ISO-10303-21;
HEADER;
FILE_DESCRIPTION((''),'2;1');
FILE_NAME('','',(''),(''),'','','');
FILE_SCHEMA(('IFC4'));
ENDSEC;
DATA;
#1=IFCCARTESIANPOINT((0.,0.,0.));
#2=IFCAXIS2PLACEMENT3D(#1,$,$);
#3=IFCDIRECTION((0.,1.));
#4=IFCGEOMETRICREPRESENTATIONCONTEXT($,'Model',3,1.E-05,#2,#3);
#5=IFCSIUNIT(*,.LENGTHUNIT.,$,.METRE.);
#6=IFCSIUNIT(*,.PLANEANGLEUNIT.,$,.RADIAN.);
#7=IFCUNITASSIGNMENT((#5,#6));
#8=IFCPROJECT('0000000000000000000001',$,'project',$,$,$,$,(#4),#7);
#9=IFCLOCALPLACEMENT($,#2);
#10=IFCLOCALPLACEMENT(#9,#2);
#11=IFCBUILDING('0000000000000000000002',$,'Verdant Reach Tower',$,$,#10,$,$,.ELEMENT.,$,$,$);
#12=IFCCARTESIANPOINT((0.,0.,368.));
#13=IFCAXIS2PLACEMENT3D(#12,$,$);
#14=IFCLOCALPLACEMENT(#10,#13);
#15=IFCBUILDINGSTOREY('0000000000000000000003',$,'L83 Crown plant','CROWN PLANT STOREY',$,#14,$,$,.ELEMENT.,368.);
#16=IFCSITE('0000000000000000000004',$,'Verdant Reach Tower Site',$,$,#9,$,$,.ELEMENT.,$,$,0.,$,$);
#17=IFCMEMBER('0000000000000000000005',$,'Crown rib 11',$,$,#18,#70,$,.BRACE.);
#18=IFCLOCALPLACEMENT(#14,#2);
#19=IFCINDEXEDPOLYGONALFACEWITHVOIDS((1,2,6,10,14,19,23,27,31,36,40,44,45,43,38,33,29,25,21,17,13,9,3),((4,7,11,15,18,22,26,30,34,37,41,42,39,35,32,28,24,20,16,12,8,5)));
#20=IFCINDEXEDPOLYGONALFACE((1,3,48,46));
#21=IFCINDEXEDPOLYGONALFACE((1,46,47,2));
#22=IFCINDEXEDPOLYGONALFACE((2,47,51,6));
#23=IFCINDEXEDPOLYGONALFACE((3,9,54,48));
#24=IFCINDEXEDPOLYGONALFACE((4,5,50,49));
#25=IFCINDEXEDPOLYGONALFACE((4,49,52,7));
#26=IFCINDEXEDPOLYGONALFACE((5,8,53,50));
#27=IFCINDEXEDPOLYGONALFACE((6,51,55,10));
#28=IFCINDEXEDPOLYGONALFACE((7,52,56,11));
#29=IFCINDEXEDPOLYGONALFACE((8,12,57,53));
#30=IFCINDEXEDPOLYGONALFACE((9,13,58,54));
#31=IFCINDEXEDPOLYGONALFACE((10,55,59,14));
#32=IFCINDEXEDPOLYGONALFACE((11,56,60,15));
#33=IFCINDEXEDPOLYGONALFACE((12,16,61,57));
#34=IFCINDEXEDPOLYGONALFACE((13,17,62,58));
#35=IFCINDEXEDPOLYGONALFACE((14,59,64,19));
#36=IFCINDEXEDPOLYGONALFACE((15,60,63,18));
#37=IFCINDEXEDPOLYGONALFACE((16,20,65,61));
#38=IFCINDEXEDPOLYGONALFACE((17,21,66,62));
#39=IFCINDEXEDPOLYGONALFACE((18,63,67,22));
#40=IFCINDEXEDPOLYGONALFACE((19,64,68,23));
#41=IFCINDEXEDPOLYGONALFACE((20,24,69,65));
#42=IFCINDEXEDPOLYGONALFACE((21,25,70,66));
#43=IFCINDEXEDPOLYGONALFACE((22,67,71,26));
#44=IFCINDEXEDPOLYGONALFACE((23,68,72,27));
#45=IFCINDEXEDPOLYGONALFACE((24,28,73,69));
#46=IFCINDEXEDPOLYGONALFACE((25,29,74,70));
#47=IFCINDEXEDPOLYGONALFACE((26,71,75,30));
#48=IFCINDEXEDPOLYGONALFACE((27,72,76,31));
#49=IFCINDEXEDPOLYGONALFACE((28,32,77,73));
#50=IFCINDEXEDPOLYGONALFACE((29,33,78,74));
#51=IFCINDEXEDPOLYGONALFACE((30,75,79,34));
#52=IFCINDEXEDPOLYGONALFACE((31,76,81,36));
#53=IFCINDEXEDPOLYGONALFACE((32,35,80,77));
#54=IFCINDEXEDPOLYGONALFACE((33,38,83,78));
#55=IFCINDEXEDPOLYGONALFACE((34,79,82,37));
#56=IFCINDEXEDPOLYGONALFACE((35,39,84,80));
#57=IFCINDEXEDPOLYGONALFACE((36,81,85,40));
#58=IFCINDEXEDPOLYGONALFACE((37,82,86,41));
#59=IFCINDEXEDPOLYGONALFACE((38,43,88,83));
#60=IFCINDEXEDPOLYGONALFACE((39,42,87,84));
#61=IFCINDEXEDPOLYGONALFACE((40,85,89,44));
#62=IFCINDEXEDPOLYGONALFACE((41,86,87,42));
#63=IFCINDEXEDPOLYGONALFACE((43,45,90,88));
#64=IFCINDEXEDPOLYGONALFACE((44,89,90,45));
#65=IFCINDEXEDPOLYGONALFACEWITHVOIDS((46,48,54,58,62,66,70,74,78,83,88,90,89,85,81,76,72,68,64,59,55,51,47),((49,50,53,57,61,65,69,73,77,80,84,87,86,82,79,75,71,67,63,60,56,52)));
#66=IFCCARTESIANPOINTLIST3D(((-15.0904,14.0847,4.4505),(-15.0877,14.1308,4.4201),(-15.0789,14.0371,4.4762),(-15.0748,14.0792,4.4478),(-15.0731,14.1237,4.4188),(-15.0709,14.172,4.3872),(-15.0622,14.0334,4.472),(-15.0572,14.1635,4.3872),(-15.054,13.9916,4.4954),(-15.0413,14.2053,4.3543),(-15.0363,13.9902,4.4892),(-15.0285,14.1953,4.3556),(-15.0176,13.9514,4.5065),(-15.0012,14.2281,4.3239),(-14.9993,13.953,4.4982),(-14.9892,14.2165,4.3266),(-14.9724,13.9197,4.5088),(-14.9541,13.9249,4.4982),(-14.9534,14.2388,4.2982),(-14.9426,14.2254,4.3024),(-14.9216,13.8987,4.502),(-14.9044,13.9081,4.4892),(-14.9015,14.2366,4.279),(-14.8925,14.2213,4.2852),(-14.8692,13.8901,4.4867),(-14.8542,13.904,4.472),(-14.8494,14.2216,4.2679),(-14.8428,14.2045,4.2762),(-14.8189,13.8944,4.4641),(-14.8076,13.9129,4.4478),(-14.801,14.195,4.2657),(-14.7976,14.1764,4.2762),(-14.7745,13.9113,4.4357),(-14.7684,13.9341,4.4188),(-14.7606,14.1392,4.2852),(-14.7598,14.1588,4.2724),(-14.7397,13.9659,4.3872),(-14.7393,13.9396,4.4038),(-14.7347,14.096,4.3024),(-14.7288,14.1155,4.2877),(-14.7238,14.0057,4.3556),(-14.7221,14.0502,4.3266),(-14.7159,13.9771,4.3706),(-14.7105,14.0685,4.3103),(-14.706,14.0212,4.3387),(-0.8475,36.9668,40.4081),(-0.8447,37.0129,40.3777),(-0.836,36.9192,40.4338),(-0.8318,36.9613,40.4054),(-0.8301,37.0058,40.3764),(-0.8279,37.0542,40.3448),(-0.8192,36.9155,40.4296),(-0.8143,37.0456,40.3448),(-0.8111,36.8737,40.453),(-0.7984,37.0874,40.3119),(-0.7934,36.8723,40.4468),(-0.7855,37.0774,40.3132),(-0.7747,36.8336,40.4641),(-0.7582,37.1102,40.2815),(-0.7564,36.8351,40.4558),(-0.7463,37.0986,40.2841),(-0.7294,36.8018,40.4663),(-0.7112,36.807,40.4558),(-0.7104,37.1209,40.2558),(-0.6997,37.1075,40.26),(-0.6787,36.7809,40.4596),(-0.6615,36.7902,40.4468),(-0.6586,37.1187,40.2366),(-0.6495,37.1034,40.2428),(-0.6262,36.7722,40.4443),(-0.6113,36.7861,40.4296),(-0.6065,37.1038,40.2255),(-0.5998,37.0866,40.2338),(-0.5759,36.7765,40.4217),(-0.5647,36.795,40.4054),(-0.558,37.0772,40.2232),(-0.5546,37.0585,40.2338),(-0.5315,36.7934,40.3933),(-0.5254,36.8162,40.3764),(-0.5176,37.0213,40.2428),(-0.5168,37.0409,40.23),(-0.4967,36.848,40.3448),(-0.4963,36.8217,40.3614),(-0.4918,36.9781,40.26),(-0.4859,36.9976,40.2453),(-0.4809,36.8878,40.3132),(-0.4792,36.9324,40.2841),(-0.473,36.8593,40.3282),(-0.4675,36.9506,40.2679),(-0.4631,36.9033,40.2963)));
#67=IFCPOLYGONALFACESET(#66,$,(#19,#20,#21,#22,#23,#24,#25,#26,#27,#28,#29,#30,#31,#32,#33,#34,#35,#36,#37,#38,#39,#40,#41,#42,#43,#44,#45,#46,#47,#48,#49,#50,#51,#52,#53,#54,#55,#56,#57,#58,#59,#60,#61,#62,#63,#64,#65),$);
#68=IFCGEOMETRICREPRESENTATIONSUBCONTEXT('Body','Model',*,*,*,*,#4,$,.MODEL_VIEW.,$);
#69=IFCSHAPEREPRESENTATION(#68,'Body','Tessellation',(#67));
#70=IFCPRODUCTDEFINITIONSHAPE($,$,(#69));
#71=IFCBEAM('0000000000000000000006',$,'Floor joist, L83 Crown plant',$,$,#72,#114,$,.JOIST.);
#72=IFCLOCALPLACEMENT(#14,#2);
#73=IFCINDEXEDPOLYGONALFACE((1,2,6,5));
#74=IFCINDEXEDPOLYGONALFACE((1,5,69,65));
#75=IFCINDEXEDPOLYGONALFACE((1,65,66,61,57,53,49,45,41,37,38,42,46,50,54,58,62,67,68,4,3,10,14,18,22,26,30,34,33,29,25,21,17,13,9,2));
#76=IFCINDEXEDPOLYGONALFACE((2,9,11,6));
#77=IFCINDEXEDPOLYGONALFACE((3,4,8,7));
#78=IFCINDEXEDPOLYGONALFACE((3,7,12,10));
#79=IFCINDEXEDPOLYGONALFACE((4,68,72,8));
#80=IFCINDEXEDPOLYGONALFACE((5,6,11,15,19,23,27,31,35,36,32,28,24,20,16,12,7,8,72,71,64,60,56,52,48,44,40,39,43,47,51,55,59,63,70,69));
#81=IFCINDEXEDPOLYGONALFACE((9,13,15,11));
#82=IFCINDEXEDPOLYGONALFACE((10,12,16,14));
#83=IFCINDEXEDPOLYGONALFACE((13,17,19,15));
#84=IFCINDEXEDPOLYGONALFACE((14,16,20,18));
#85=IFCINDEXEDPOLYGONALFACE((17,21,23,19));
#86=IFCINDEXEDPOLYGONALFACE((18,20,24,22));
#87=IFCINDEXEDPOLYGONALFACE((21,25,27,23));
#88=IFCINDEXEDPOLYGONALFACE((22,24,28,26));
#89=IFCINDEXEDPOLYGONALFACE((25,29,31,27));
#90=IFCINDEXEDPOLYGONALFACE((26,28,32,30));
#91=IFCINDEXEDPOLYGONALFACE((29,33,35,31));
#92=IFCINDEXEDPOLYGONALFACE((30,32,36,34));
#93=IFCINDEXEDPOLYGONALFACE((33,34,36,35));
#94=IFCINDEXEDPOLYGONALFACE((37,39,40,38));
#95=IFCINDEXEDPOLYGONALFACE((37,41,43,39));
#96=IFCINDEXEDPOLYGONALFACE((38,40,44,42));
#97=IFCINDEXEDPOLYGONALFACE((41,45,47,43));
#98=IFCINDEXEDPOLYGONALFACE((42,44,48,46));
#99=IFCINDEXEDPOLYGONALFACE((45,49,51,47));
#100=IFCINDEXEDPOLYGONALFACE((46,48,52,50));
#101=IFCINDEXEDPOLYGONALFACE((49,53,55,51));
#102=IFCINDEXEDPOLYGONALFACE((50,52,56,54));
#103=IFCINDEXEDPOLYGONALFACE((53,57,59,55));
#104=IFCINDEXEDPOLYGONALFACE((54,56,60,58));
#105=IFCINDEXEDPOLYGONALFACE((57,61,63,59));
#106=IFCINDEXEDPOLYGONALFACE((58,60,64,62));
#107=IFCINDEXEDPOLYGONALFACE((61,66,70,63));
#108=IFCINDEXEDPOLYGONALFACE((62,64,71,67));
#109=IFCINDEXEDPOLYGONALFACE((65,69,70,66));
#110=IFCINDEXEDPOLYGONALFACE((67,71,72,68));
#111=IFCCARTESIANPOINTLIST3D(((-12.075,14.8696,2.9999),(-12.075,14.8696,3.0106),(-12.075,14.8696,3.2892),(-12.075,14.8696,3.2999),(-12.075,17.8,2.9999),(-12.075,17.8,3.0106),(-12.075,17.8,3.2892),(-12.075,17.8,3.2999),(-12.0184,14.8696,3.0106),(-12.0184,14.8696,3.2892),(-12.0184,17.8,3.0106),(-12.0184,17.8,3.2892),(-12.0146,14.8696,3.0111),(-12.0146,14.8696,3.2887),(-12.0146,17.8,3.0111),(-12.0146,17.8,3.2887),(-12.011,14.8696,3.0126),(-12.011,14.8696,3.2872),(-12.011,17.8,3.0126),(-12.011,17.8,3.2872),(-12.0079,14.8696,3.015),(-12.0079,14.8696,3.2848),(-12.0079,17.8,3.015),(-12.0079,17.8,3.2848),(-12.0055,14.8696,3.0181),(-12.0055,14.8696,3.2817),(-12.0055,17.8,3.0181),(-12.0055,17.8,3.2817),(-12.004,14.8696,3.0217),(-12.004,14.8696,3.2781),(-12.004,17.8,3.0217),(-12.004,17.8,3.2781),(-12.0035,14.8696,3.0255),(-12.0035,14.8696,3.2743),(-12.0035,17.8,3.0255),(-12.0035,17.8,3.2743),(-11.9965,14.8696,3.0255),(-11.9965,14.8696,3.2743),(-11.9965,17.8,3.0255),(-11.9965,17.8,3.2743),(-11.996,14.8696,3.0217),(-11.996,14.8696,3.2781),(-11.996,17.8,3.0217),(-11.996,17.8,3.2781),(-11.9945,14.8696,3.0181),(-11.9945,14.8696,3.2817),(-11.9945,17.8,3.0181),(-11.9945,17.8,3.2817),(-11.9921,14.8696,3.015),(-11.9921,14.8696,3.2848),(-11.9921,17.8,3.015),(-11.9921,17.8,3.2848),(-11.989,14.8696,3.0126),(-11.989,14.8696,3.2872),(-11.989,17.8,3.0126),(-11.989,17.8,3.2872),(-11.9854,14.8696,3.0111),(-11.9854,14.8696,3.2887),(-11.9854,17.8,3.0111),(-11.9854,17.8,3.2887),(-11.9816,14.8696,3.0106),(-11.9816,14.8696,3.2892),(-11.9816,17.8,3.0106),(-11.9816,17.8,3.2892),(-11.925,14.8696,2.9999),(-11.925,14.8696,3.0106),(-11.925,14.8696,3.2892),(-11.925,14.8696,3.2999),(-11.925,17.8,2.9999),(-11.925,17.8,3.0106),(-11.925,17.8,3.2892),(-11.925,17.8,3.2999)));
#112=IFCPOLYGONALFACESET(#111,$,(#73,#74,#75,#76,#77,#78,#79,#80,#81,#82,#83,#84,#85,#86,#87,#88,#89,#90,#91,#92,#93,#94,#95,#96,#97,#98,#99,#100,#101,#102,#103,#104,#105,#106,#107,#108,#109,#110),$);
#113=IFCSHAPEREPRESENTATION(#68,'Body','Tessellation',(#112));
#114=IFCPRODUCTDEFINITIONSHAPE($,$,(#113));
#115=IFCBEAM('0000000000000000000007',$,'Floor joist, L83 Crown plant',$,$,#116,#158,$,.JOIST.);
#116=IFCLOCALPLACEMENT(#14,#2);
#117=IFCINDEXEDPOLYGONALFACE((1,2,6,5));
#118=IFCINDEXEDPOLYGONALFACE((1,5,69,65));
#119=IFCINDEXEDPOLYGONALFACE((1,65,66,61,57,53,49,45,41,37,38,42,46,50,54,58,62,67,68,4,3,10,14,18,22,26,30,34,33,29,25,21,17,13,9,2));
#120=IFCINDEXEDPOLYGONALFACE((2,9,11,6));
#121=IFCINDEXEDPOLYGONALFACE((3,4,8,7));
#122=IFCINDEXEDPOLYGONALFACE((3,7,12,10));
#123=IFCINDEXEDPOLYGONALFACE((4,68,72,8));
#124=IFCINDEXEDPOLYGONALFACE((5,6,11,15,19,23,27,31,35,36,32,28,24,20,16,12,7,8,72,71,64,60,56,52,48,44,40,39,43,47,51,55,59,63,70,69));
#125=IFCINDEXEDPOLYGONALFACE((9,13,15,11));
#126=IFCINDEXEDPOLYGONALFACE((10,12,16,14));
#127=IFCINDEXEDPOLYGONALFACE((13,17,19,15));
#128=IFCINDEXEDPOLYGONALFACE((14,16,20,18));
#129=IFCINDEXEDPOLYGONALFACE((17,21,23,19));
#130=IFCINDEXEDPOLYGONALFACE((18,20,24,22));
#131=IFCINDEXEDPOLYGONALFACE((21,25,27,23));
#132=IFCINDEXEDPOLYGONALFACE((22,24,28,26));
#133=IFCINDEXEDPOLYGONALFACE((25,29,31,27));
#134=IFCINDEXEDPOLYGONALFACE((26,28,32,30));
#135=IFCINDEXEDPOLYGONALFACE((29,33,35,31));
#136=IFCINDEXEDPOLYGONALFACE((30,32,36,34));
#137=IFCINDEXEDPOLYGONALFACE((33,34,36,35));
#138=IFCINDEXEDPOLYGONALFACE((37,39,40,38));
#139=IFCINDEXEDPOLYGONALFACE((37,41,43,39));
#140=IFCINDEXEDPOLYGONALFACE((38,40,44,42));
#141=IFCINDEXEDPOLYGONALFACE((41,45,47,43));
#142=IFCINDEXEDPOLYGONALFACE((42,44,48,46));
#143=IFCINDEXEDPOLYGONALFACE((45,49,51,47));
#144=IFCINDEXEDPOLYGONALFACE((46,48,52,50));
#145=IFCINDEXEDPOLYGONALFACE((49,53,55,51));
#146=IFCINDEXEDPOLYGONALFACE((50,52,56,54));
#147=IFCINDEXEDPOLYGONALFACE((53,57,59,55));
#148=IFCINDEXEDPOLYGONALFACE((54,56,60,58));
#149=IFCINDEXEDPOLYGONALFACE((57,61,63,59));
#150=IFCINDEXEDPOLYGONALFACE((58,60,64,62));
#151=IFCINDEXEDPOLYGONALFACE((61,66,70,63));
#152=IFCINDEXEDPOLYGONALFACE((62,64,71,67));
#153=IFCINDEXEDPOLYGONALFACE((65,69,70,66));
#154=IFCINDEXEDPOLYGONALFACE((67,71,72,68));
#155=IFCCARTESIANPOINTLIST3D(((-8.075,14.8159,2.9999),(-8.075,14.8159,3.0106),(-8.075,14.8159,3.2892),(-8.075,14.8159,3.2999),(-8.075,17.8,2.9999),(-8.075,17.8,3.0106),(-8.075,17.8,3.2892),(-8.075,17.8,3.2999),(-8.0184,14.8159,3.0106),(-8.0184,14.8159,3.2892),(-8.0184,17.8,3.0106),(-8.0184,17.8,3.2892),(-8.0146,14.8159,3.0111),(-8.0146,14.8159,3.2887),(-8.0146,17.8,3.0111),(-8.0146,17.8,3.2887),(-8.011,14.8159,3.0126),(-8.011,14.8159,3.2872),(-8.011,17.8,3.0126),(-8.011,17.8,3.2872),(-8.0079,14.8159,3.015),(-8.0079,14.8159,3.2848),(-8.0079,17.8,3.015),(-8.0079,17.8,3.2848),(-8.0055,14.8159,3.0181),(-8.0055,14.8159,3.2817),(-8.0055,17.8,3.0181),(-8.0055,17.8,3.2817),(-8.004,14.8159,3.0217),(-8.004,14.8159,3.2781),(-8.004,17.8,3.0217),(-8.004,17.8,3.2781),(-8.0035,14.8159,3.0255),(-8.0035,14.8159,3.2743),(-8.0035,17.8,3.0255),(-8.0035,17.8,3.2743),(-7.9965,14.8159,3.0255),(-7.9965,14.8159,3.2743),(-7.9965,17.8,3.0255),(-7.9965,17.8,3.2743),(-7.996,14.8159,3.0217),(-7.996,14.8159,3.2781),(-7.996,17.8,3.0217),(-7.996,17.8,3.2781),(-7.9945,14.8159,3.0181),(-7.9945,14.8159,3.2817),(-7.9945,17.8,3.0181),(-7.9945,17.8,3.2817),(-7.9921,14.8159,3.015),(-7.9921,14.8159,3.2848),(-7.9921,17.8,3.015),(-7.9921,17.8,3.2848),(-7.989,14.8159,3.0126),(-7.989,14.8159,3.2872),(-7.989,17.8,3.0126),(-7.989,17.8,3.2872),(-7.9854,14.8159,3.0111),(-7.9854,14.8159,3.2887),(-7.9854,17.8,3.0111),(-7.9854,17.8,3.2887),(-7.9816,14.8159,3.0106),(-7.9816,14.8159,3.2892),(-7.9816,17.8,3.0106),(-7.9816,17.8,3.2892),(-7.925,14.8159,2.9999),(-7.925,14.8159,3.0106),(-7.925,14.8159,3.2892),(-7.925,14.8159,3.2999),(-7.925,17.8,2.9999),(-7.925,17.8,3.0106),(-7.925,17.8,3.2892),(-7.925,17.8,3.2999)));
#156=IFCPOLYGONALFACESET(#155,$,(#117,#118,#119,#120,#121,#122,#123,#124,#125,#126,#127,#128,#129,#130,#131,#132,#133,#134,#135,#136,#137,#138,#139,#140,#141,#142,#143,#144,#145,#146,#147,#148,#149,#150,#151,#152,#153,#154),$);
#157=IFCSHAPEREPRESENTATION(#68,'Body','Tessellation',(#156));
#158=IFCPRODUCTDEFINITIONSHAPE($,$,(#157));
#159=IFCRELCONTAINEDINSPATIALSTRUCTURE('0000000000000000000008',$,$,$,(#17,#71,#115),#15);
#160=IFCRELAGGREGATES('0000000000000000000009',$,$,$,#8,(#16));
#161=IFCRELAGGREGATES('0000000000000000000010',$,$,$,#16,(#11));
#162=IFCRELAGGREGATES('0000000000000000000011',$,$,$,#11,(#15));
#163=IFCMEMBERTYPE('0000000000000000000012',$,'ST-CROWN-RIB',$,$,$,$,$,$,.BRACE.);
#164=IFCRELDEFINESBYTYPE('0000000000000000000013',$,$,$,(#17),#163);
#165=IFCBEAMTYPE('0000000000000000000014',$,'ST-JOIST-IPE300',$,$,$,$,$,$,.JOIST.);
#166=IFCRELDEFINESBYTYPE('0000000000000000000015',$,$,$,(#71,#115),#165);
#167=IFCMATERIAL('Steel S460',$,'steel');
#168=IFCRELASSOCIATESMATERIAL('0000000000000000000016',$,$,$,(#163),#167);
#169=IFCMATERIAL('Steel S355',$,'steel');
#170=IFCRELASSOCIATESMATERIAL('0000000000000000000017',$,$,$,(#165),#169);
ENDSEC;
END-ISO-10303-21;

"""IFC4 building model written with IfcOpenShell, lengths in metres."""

from ifc_helpers import new_model, si_unit, direction, frame, origin, origin_2d, place, context, subcontext, project, spatial, hollow_circle, i_section, extrude, material, material_profile, profile_set, type_object, element, save


model = new_model("IFC4")

# Units and contexts
model_context = context("Model", 3, precision=1e-05, world=origin(), true_north=direction((0.0, 1.0)))
body_context = subcontext(model_context, "Body", "Model", "MODEL_VIEW")
ifc_project = project(units=[si_unit("LENGTHUNIT", "METRE"), si_unit("PLANEANGLEUNIT", "RADIAN")], contexts=[model_context])

# Site, building, storey
site_placement = place(None, origin())
site = spatial("IfcSite", under=ifc_project, at=site_placement, Name="Verdant Reach Tower Site", CompositionType="ELEMENT", RefElevation=0.0)
building_placement = place(site_placement, origin())
building = spatial("IfcBuilding", under=site, at=building_placement, Name="Verdant Reach Tower", CompositionType="ELEMENT")
storey_placement = place(building_placement, frame((0.0, 0.0, 368.0)))
storey = spatial("IfcBuildingStorey", under=building, at=storey_placement, Name="L83 Crown plant", Description="CROWN PLANT STOREY", CompositionType="ELEMENT", Elevation=368.0)

# Member
ifc_material_1 = material(Name="Steel S460", Category="steel")
ifc_material_profile_1 = material_profile(ifc_material_1, hollow_circle(Radius=0.2031, WallThickness=0.0161, at=origin_2d()), Name="CHS 406.4x16")
ifc_profile_set_1 = profile_set([ifc_material_profile_1], Name="Steel S460")
member_type_1 = type_object("IfcMemberType", Name="ST-CROWN-RIB", PredefinedType="BRACE", material=ifc_profile_set_1)
member_1_placement = place(storey_placement, frame((-14.8984, 14.0647, 4.3872), z_axis=(0.316948, 0.509196, 0.800164), x_axis=(-0.84897, 0.52844, 0.0)))
element("IfcMember", 1, at=member_1_placement, inside=storey, type_object=member_type_1, Name="Crown rib 11", PredefinedType="BRACE", context=body_context, shape_type="SweptSolid", body=[
    extrude(hollow_circle(Radius=0.2031, WallThickness=0.0161, at=origin_2d()), origin(), (0.0, 0.0, 1.0), 44.9377),
])

# Beams
ifc_material_2 = material(Name="Steel S355", Category="steel")
ifc_material_profile_2 = material_profile(ifc_material_2, i_section(OverallWidth=0.1499, OverallDepth=0.3, WebThickness=0.0071, FlangeThickness=0.0107, FilletRadius=0.0149, at=origin_2d()), Name="IPE 300")
ifc_profile_set_2 = profile_set([ifc_material_profile_2], Name="Steel S355")
beam_type = type_object("IfcBeamType", Name="ST-JOIST-IPE300", PredefinedType="JOIST", material=ifc_profile_set_2)
beam_1_placement = place(storey_placement, frame((-12.0, 17.8, 3.1499), z_axis=(0.0, -1.0, 0.0), x_axis=(1.0, 0.0, 0.0)))
element("IfcBeam", 2, at=beam_1_placement, inside=storey, type_object=beam_type, Name="Floor joist, L83 Crown plant", PredefinedType="JOIST", context=body_context, shape_type="SweptSolid", body=[
    extrude(i_section(OverallWidth=0.1499, OverallDepth=0.3, WebThickness=0.0071, FlangeThickness=0.0107, FilletRadius=0.0149, at=origin_2d()), origin(), (0.0, 0.0, 1.0), 2.9304),
])
beam_2_placement = place(storey_placement, frame((-8.0, 17.8, 3.1499), z_axis=(0.0, -1.0, 0.0), x_axis=(1.0, 0.0, 0.0)))
element("IfcBeam", 3, at=beam_2_placement, inside=storey, type_object=beam_type, Name="Floor joist, L83 Crown plant", PredefinedType="JOIST", context=body_context, shape_type="SweptSolid", body=[
    extrude(i_section(OverallWidth=0.1499, OverallDepth=0.3, WebThickness=0.0071, FlangeThickness=0.0107, FilletRadius=0.0149, at=origin_2d()), origin(), (0.0, 0.0, 1.0), 2.9841),
])

save(model, "model.ifc")
